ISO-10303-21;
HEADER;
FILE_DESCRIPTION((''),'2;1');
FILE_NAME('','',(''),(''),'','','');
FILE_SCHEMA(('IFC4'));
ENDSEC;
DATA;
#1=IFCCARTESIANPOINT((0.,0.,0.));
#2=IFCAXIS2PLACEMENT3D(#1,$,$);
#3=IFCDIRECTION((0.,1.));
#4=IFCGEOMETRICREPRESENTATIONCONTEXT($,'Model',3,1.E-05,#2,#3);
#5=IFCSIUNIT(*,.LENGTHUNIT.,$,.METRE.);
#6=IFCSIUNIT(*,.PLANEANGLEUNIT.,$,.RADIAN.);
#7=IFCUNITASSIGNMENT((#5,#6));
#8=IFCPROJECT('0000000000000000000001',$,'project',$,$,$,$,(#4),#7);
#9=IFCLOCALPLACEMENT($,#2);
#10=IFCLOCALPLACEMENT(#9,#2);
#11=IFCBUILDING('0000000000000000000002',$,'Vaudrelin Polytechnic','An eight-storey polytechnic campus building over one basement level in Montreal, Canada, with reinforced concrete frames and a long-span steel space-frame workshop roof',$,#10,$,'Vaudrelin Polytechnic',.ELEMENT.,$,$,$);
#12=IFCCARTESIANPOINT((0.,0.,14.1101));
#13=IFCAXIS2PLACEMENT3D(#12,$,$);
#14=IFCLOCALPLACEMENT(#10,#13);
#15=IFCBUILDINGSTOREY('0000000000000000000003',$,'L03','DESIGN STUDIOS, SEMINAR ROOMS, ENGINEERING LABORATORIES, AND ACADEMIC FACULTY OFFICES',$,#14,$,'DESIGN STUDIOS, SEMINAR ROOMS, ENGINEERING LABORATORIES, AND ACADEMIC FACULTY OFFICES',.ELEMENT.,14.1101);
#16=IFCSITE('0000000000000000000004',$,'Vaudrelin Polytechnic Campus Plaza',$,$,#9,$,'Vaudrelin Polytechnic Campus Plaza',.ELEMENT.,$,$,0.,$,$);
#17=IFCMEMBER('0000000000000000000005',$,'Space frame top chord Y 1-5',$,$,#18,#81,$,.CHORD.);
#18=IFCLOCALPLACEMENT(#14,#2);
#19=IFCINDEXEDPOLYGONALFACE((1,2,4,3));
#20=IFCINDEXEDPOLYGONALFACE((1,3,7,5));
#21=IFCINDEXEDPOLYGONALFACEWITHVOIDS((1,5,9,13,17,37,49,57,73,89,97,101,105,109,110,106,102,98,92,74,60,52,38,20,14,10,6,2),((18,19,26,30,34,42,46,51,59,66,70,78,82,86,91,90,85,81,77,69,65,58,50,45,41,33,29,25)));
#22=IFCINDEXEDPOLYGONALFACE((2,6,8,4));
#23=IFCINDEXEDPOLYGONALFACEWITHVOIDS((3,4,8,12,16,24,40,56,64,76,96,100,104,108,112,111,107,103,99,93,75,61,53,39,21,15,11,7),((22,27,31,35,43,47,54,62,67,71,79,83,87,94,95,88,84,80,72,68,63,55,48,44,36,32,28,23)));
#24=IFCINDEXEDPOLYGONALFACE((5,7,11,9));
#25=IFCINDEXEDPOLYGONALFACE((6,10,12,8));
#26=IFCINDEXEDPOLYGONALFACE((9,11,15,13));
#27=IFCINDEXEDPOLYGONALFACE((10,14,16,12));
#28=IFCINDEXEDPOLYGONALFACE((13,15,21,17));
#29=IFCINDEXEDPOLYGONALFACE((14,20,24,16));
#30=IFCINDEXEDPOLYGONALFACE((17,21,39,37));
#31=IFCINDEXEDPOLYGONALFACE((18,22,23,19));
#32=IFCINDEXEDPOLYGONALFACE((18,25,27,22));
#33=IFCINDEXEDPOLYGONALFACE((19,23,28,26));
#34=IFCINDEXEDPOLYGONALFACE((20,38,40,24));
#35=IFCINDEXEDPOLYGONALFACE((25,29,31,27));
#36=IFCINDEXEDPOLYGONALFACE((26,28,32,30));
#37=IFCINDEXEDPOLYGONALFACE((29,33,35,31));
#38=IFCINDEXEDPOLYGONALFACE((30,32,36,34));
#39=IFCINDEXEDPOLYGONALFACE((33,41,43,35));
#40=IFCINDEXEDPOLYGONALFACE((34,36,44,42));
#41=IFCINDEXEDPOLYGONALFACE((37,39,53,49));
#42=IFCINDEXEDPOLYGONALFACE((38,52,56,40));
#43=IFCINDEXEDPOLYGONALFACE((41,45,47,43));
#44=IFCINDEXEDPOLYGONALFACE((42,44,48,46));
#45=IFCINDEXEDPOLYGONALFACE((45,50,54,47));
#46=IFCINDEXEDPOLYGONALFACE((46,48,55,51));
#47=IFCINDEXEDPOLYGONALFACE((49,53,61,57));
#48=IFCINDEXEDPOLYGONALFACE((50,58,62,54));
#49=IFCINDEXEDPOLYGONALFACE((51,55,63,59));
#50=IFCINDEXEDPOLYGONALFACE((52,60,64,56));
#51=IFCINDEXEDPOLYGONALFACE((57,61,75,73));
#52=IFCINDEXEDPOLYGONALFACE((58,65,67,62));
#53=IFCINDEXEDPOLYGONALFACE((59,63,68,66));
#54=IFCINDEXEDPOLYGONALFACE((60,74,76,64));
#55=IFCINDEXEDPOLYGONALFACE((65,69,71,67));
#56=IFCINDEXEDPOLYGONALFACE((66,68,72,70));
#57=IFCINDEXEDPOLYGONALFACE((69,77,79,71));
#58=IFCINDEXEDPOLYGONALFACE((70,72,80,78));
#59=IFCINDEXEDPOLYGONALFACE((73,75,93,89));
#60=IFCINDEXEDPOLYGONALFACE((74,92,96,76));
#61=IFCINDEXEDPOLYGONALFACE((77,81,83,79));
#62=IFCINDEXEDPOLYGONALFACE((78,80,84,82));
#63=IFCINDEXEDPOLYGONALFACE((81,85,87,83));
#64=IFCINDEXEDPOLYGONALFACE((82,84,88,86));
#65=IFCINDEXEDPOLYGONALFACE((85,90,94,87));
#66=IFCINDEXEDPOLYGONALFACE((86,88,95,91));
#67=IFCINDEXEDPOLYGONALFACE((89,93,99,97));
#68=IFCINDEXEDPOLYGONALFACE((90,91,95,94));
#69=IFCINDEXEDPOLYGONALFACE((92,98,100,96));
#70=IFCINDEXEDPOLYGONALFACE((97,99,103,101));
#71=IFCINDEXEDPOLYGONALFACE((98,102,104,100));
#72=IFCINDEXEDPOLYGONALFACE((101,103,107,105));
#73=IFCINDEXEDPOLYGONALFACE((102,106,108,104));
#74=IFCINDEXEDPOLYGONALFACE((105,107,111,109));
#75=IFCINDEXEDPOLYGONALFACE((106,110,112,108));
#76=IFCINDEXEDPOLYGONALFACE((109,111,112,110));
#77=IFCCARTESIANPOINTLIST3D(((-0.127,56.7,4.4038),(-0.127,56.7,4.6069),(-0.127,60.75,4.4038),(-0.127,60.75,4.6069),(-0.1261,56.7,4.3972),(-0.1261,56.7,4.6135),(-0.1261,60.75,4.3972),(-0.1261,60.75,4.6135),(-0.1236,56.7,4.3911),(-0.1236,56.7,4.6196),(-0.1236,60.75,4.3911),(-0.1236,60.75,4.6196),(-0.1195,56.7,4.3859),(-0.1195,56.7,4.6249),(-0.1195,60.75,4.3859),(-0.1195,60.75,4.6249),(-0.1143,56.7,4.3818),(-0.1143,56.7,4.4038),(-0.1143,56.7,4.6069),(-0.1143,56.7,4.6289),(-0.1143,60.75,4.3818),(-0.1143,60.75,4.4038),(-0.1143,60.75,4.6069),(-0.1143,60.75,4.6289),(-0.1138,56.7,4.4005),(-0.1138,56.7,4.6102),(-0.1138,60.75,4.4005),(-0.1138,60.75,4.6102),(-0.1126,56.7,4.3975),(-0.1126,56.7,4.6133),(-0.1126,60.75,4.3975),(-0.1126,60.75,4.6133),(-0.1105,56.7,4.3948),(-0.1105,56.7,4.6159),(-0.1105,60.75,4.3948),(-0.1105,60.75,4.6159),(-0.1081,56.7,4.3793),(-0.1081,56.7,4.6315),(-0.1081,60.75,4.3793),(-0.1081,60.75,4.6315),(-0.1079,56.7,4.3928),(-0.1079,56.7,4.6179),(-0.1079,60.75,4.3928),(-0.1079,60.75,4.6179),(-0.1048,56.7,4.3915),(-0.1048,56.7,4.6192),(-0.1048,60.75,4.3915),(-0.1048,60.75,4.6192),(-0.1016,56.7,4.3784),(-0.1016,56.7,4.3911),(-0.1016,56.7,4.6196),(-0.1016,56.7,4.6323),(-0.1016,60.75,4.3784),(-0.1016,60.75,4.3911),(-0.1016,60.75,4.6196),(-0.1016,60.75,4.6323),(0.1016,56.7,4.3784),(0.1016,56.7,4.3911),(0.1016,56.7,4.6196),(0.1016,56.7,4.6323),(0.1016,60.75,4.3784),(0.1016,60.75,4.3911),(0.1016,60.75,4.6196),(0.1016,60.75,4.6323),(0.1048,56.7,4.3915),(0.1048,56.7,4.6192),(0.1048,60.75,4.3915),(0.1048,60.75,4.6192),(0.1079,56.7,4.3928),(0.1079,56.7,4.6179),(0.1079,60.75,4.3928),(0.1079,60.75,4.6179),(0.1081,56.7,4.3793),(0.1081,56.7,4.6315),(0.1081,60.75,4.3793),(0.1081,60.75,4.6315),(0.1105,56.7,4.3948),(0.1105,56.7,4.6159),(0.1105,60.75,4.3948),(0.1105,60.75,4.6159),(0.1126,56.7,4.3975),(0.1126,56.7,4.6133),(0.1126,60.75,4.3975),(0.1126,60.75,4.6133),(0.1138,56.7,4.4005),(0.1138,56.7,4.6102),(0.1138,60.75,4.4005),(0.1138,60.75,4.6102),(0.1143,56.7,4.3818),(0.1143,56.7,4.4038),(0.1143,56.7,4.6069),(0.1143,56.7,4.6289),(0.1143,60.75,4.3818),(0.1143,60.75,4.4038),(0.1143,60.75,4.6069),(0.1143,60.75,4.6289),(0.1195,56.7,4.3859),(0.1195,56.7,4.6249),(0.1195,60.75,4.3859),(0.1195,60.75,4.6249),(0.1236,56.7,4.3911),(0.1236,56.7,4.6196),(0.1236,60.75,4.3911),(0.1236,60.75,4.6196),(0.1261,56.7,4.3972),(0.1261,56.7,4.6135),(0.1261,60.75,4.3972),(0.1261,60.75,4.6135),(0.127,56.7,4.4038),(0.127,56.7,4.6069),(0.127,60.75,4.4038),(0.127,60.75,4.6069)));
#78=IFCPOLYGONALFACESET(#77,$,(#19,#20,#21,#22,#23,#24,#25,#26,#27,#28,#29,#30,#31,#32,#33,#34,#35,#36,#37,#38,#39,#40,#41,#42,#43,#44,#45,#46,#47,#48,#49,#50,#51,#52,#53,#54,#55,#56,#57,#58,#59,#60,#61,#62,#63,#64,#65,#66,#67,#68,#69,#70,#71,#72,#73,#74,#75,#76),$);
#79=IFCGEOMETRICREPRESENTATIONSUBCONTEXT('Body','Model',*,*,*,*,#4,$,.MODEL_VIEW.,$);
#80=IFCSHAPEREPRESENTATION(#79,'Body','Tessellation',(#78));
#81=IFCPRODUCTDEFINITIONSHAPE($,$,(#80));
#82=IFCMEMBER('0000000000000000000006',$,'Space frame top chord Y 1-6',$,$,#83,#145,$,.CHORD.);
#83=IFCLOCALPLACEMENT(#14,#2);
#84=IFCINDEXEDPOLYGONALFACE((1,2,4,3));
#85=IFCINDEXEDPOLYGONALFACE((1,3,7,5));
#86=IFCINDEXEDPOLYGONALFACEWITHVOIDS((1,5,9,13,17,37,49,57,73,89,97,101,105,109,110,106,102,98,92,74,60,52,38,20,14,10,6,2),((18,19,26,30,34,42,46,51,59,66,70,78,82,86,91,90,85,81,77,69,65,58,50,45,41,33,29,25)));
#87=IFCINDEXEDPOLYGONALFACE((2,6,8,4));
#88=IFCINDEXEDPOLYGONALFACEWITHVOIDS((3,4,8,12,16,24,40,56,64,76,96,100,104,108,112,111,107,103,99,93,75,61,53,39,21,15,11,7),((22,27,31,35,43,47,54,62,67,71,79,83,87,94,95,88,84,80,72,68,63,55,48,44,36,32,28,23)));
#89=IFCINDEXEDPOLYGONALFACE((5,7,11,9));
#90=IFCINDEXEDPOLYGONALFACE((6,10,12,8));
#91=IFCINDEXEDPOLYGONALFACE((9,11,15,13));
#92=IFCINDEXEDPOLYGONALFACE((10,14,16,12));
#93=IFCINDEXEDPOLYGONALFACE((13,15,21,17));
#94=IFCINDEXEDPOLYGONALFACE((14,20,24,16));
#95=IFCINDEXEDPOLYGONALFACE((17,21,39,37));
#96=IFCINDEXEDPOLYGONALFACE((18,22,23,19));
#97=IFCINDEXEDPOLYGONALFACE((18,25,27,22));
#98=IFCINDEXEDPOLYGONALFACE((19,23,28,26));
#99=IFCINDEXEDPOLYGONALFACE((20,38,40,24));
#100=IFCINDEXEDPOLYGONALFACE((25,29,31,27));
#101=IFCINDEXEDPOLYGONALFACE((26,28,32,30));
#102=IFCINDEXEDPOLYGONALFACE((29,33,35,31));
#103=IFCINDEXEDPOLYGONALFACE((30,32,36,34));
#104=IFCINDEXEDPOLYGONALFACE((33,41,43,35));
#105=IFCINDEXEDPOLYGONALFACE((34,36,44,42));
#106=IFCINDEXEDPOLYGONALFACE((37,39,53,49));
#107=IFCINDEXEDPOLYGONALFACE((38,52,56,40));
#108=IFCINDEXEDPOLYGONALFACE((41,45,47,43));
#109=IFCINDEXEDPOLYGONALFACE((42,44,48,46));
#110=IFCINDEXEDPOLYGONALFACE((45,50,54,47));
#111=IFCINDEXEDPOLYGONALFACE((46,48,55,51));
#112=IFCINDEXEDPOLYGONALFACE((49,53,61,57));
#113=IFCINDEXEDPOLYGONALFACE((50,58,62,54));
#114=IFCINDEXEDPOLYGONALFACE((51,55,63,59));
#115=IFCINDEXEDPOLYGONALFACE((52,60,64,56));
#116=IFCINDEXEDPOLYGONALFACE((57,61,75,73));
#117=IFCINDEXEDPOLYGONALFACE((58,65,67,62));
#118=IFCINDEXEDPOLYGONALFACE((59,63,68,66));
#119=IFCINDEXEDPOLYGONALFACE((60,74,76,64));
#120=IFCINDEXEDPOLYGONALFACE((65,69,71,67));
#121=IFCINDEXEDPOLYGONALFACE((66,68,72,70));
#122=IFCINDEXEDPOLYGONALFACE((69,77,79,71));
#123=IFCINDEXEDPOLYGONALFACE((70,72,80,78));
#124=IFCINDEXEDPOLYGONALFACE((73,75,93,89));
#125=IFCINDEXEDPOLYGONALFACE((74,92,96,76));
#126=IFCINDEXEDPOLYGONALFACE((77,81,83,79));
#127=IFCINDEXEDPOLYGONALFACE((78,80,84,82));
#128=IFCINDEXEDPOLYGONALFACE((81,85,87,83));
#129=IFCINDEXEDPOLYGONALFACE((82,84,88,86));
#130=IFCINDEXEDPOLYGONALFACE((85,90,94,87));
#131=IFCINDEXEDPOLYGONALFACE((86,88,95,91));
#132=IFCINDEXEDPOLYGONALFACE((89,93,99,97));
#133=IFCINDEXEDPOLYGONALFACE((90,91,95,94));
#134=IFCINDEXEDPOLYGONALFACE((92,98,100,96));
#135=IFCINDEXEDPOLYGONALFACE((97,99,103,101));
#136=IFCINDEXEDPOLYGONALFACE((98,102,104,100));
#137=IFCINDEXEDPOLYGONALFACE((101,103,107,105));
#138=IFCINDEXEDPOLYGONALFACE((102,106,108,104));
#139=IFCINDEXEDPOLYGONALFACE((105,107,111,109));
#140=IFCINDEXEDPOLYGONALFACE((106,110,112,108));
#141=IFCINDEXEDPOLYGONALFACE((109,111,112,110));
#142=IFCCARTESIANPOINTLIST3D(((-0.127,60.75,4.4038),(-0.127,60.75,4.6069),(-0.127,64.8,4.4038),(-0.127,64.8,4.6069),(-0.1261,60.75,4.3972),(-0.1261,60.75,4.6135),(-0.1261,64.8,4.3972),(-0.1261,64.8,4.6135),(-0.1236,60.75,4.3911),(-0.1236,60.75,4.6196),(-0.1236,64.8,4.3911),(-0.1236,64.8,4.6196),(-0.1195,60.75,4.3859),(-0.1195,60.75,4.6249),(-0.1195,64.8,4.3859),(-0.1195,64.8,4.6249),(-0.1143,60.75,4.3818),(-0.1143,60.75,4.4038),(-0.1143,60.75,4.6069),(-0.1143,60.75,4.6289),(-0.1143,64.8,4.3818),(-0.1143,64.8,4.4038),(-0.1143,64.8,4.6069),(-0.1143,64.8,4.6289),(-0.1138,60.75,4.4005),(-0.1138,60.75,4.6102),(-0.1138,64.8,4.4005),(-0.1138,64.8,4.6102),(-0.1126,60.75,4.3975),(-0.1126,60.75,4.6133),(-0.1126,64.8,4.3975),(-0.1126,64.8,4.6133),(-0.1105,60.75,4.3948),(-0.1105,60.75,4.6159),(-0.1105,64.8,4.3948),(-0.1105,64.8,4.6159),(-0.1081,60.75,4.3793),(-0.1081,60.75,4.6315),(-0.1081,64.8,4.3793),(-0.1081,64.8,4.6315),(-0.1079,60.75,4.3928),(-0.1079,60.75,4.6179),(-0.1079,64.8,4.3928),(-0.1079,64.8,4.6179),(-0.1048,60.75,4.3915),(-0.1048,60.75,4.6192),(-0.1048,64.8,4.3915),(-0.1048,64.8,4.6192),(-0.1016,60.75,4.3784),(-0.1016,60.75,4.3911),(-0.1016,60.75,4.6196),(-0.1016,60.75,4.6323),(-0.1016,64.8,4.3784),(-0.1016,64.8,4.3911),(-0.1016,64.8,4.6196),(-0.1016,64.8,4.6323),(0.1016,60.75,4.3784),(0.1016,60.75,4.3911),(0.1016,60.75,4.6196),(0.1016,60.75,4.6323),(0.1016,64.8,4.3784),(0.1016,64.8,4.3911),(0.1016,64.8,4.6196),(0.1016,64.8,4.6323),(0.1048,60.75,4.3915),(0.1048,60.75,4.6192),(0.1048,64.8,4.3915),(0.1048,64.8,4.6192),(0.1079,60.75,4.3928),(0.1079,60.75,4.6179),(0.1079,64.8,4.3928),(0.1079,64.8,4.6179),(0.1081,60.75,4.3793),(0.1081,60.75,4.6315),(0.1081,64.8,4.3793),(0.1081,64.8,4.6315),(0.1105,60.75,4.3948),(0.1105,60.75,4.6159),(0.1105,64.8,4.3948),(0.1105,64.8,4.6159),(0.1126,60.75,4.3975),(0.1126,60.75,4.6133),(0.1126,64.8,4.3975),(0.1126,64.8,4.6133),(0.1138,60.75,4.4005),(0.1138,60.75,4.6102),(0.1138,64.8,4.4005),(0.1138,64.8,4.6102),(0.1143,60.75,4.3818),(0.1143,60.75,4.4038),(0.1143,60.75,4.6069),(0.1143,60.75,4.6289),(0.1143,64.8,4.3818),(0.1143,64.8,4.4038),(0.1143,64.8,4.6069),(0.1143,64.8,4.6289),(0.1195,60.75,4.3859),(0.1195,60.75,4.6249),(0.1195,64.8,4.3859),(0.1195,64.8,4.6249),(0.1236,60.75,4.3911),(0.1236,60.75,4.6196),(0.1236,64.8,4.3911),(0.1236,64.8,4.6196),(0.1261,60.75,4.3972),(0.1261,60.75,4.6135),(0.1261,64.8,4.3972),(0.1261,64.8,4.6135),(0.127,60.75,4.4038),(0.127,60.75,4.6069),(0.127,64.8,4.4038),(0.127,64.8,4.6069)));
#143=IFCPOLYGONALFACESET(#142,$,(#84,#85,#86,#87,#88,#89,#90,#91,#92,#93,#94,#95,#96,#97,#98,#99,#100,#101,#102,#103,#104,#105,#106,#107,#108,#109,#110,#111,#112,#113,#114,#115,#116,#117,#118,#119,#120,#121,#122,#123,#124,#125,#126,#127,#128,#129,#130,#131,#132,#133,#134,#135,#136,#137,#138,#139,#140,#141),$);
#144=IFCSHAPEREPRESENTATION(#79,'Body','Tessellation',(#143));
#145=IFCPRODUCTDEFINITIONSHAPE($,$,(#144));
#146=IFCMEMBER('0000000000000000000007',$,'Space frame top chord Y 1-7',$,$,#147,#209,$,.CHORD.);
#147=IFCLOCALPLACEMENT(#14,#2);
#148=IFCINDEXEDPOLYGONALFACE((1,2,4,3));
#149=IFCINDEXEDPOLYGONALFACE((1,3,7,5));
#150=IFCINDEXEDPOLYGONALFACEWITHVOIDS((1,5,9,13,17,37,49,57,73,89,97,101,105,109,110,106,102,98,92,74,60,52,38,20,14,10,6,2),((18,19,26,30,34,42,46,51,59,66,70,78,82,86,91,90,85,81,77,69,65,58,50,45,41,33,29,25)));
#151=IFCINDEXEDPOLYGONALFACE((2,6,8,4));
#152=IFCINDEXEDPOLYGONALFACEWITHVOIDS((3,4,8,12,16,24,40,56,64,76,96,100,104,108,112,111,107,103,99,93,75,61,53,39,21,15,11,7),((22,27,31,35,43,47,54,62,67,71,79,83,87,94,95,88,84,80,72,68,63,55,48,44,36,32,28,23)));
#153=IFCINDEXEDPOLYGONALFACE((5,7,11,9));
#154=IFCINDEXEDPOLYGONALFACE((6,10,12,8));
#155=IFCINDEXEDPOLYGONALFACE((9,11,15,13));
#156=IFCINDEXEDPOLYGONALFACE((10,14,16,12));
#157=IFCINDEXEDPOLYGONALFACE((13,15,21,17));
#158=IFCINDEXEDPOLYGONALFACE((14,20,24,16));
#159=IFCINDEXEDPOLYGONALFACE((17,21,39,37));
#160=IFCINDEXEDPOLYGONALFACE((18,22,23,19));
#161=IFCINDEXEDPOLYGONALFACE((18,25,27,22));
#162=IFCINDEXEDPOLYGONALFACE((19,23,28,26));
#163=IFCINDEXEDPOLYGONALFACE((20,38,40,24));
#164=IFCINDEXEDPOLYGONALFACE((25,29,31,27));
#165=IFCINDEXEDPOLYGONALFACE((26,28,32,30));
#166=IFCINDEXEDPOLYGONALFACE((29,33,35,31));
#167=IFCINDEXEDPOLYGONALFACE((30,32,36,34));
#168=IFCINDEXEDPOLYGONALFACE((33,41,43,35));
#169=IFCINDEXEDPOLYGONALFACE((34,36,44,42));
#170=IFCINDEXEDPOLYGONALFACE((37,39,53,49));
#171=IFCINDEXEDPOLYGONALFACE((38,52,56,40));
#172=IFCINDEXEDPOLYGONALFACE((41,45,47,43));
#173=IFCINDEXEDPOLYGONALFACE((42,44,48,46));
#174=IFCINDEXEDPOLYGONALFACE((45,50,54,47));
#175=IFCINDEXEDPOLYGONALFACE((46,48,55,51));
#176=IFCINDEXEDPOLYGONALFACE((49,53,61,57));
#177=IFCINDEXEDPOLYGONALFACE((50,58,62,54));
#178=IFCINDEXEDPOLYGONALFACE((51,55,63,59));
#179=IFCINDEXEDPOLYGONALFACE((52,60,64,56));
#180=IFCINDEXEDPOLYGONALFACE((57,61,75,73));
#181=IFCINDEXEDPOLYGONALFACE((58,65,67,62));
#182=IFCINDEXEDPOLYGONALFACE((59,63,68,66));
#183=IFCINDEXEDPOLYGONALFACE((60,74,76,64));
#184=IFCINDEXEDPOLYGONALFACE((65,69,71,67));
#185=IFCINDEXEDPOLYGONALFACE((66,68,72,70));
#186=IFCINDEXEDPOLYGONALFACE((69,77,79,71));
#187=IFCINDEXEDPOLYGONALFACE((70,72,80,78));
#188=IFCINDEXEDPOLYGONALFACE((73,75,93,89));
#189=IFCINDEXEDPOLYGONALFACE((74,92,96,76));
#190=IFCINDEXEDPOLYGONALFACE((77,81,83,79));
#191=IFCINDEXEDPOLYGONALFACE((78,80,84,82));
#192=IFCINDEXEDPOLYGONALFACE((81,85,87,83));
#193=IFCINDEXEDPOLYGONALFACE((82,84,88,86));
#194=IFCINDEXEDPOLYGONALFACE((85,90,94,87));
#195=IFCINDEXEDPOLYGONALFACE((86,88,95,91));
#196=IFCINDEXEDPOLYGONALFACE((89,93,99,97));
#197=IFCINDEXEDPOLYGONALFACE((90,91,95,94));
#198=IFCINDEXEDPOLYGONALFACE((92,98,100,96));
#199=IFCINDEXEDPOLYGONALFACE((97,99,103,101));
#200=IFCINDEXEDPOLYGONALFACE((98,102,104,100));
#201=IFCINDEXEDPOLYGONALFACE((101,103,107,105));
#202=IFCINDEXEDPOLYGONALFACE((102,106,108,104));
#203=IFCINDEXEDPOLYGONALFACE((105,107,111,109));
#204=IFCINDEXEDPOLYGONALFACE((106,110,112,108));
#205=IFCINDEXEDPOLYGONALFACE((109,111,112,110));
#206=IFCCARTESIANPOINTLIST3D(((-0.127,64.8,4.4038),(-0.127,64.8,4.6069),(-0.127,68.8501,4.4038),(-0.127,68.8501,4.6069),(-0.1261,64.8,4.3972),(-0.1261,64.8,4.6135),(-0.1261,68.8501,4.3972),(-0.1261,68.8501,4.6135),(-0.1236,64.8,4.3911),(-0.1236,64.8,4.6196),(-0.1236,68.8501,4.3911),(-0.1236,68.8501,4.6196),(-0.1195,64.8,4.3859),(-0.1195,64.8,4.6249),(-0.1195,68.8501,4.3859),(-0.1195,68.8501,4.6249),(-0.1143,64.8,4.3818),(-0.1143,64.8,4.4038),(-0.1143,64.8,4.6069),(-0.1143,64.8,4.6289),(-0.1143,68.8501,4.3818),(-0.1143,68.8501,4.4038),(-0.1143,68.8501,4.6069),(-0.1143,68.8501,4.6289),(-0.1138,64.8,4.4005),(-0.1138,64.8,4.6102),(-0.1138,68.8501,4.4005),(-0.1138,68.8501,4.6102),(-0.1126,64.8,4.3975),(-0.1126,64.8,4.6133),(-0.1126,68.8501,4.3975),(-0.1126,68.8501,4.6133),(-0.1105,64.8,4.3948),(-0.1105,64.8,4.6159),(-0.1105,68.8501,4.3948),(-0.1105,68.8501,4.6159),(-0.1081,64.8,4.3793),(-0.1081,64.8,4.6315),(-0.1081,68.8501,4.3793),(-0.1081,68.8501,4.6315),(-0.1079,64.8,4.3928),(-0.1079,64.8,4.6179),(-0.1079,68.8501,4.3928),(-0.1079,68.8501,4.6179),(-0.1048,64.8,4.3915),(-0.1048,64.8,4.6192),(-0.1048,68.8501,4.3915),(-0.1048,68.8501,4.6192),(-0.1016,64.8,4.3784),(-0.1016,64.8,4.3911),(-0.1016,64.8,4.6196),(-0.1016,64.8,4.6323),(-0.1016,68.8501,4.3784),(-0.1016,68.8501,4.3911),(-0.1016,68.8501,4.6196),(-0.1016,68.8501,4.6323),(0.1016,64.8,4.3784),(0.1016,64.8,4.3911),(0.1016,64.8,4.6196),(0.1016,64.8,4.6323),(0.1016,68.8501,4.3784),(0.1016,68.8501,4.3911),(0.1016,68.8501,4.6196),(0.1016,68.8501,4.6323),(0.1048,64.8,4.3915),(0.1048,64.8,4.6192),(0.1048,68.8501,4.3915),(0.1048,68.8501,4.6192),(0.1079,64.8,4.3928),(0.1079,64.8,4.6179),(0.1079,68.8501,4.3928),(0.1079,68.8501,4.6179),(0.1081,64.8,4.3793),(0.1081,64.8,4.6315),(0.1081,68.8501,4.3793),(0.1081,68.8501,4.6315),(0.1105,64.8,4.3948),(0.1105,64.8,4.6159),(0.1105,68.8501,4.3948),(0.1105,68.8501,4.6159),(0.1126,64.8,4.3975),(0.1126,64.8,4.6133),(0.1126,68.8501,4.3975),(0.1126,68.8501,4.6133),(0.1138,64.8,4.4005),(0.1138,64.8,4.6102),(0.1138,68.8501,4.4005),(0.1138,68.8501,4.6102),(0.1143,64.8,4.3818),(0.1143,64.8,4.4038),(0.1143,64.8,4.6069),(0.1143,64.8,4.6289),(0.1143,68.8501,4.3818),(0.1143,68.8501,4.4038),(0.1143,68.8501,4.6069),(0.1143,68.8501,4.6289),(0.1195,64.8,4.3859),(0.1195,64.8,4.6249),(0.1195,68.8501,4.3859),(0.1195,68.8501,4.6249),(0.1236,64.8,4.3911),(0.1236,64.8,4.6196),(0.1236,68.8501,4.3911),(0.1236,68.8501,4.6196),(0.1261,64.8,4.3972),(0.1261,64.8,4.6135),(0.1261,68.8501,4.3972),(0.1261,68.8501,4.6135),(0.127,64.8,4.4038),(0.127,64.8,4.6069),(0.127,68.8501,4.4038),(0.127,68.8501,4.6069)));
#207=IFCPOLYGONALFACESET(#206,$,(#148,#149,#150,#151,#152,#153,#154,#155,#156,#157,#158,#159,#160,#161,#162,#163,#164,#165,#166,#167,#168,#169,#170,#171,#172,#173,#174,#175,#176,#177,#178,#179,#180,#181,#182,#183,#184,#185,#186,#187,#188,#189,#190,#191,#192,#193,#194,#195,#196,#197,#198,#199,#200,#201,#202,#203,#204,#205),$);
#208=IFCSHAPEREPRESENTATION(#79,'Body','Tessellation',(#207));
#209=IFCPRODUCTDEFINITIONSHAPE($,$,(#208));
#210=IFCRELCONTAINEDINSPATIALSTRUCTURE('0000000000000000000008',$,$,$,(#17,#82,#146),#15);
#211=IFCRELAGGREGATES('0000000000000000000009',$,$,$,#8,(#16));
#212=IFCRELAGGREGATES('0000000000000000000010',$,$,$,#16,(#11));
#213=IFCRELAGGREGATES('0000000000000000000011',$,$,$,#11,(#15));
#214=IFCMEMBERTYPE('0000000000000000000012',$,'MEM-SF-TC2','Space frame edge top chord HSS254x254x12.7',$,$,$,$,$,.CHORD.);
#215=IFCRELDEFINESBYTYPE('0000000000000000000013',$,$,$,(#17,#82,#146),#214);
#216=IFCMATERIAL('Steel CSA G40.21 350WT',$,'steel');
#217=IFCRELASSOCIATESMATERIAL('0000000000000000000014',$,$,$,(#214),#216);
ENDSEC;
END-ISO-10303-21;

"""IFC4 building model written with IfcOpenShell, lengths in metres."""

from ifc_helpers import new_model, si_unit, direction, frame, origin, origin_2d, place, context, subcontext, project, spatial, hollow_rectangle, extrude, material, material_profile, profile_set, type_object, element, save


model = new_model("IFC4")

# Units and contexts
model_context = context("Model", 3, precision=1e-05, world=origin(), true_north=direction((0.0, 1.0)))
body_context = subcontext(model_context, "Body", "Model", "MODEL_VIEW")
ifc_project = project(units=[si_unit("LENGTHUNIT", "METRE"), si_unit("PLANEANGLEUNIT", "RADIAN")], contexts=[model_context])

# Site, building, storey
site_placement = place(None, origin())
site = spatial("IfcSite", under=ifc_project, at=site_placement, Name="Vaudrelin Polytechnic Campus Plaza", LongName="Vaudrelin Polytechnic Campus Plaza", CompositionType="ELEMENT", RefElevation=0.0)
building_placement = place(site_placement, origin())
building = spatial("IfcBuilding", under=site, at=building_placement, Name="Vaudrelin Polytechnic", Description="An eight-storey polytechnic campus building over one basement level in Montreal, Canada, with reinforced concrete frames and a long-span steel space-frame workshop roof", LongName="Vaudrelin Polytechnic", CompositionType="ELEMENT")
storey_placement = place(building_placement, frame((0.0, 0.0, 14.1101)))
storey = spatial("IfcBuildingStorey", under=building, at=storey_placement, Name="L03", Description="DESIGN STUDIOS, SEMINAR ROOMS, ENGINEERING LABORATORIES, AND ACADEMIC FACULTY OFFICES", LongName="DESIGN STUDIOS, SEMINAR ROOMS, ENGINEERING LABORATORIES, AND ACADEMIC FACULTY OFFICES", CompositionType="ELEMENT", Elevation=14.1101)

# Members
ifc_material_1 = material(Name="Steel CSA G40.21 350WT", Category="steel")
ifc_material_profile_1 = material_profile(ifc_material_1, hollow_rectangle(XDim=0.2539, YDim=0.2539, WallThickness=0.0127, InnerFilletRadius=0.0127, OuterFilletRadius=0.0254, at=origin_2d()), Name="HSS254x254x12.7")
ifc_profile_set_1 = profile_set([ifc_material_profile_1], Name="Steel CSA G40.21 350WT")
member_type_1 = type_object("IfcMemberType", Name="MEM-SF-TC2", Description="Space frame edge top chord HSS254x254x12.7", PredefinedType="CHORD", material=ifc_profile_set_1)
for number, where, z_axis, x_axis, name in (
    (1, (0.0, 56.7, 4.5054), (0.0, 1.0, 0.0), (-1.0, 0.0, 0.0), "Space frame top chord Y 1-5"),
    (2, (0.0, 60.75, 4.5054), (0.0, 1.0, 0.0), (-1.0, 0.0, 0.0), "Space frame top chord Y 1-6"),
    (3, (0.0, 64.8, 4.5054), (0.0, 1.0, 0.0), (-1.0, 0.0, 0.0), "Space frame top chord Y 1-7"),
):
    element("IfcMember", number, at=place(storey_placement, frame(where, z_axis=z_axis, x_axis=x_axis)), inside=storey, type_object=member_type_1, Name=name, PredefinedType="CHORD", context=body_context, shape_type="SweptSolid", body=[
        extrude(hollow_rectangle(XDim=0.2539, YDim=0.2539, WallThickness=0.0127, InnerFilletRadius=0.0127, OuterFilletRadius=0.0254, at=origin_2d()), origin(), (0.0, 0.0, 1.0), 4.05),
    ])

save(model, "model.ifc")
